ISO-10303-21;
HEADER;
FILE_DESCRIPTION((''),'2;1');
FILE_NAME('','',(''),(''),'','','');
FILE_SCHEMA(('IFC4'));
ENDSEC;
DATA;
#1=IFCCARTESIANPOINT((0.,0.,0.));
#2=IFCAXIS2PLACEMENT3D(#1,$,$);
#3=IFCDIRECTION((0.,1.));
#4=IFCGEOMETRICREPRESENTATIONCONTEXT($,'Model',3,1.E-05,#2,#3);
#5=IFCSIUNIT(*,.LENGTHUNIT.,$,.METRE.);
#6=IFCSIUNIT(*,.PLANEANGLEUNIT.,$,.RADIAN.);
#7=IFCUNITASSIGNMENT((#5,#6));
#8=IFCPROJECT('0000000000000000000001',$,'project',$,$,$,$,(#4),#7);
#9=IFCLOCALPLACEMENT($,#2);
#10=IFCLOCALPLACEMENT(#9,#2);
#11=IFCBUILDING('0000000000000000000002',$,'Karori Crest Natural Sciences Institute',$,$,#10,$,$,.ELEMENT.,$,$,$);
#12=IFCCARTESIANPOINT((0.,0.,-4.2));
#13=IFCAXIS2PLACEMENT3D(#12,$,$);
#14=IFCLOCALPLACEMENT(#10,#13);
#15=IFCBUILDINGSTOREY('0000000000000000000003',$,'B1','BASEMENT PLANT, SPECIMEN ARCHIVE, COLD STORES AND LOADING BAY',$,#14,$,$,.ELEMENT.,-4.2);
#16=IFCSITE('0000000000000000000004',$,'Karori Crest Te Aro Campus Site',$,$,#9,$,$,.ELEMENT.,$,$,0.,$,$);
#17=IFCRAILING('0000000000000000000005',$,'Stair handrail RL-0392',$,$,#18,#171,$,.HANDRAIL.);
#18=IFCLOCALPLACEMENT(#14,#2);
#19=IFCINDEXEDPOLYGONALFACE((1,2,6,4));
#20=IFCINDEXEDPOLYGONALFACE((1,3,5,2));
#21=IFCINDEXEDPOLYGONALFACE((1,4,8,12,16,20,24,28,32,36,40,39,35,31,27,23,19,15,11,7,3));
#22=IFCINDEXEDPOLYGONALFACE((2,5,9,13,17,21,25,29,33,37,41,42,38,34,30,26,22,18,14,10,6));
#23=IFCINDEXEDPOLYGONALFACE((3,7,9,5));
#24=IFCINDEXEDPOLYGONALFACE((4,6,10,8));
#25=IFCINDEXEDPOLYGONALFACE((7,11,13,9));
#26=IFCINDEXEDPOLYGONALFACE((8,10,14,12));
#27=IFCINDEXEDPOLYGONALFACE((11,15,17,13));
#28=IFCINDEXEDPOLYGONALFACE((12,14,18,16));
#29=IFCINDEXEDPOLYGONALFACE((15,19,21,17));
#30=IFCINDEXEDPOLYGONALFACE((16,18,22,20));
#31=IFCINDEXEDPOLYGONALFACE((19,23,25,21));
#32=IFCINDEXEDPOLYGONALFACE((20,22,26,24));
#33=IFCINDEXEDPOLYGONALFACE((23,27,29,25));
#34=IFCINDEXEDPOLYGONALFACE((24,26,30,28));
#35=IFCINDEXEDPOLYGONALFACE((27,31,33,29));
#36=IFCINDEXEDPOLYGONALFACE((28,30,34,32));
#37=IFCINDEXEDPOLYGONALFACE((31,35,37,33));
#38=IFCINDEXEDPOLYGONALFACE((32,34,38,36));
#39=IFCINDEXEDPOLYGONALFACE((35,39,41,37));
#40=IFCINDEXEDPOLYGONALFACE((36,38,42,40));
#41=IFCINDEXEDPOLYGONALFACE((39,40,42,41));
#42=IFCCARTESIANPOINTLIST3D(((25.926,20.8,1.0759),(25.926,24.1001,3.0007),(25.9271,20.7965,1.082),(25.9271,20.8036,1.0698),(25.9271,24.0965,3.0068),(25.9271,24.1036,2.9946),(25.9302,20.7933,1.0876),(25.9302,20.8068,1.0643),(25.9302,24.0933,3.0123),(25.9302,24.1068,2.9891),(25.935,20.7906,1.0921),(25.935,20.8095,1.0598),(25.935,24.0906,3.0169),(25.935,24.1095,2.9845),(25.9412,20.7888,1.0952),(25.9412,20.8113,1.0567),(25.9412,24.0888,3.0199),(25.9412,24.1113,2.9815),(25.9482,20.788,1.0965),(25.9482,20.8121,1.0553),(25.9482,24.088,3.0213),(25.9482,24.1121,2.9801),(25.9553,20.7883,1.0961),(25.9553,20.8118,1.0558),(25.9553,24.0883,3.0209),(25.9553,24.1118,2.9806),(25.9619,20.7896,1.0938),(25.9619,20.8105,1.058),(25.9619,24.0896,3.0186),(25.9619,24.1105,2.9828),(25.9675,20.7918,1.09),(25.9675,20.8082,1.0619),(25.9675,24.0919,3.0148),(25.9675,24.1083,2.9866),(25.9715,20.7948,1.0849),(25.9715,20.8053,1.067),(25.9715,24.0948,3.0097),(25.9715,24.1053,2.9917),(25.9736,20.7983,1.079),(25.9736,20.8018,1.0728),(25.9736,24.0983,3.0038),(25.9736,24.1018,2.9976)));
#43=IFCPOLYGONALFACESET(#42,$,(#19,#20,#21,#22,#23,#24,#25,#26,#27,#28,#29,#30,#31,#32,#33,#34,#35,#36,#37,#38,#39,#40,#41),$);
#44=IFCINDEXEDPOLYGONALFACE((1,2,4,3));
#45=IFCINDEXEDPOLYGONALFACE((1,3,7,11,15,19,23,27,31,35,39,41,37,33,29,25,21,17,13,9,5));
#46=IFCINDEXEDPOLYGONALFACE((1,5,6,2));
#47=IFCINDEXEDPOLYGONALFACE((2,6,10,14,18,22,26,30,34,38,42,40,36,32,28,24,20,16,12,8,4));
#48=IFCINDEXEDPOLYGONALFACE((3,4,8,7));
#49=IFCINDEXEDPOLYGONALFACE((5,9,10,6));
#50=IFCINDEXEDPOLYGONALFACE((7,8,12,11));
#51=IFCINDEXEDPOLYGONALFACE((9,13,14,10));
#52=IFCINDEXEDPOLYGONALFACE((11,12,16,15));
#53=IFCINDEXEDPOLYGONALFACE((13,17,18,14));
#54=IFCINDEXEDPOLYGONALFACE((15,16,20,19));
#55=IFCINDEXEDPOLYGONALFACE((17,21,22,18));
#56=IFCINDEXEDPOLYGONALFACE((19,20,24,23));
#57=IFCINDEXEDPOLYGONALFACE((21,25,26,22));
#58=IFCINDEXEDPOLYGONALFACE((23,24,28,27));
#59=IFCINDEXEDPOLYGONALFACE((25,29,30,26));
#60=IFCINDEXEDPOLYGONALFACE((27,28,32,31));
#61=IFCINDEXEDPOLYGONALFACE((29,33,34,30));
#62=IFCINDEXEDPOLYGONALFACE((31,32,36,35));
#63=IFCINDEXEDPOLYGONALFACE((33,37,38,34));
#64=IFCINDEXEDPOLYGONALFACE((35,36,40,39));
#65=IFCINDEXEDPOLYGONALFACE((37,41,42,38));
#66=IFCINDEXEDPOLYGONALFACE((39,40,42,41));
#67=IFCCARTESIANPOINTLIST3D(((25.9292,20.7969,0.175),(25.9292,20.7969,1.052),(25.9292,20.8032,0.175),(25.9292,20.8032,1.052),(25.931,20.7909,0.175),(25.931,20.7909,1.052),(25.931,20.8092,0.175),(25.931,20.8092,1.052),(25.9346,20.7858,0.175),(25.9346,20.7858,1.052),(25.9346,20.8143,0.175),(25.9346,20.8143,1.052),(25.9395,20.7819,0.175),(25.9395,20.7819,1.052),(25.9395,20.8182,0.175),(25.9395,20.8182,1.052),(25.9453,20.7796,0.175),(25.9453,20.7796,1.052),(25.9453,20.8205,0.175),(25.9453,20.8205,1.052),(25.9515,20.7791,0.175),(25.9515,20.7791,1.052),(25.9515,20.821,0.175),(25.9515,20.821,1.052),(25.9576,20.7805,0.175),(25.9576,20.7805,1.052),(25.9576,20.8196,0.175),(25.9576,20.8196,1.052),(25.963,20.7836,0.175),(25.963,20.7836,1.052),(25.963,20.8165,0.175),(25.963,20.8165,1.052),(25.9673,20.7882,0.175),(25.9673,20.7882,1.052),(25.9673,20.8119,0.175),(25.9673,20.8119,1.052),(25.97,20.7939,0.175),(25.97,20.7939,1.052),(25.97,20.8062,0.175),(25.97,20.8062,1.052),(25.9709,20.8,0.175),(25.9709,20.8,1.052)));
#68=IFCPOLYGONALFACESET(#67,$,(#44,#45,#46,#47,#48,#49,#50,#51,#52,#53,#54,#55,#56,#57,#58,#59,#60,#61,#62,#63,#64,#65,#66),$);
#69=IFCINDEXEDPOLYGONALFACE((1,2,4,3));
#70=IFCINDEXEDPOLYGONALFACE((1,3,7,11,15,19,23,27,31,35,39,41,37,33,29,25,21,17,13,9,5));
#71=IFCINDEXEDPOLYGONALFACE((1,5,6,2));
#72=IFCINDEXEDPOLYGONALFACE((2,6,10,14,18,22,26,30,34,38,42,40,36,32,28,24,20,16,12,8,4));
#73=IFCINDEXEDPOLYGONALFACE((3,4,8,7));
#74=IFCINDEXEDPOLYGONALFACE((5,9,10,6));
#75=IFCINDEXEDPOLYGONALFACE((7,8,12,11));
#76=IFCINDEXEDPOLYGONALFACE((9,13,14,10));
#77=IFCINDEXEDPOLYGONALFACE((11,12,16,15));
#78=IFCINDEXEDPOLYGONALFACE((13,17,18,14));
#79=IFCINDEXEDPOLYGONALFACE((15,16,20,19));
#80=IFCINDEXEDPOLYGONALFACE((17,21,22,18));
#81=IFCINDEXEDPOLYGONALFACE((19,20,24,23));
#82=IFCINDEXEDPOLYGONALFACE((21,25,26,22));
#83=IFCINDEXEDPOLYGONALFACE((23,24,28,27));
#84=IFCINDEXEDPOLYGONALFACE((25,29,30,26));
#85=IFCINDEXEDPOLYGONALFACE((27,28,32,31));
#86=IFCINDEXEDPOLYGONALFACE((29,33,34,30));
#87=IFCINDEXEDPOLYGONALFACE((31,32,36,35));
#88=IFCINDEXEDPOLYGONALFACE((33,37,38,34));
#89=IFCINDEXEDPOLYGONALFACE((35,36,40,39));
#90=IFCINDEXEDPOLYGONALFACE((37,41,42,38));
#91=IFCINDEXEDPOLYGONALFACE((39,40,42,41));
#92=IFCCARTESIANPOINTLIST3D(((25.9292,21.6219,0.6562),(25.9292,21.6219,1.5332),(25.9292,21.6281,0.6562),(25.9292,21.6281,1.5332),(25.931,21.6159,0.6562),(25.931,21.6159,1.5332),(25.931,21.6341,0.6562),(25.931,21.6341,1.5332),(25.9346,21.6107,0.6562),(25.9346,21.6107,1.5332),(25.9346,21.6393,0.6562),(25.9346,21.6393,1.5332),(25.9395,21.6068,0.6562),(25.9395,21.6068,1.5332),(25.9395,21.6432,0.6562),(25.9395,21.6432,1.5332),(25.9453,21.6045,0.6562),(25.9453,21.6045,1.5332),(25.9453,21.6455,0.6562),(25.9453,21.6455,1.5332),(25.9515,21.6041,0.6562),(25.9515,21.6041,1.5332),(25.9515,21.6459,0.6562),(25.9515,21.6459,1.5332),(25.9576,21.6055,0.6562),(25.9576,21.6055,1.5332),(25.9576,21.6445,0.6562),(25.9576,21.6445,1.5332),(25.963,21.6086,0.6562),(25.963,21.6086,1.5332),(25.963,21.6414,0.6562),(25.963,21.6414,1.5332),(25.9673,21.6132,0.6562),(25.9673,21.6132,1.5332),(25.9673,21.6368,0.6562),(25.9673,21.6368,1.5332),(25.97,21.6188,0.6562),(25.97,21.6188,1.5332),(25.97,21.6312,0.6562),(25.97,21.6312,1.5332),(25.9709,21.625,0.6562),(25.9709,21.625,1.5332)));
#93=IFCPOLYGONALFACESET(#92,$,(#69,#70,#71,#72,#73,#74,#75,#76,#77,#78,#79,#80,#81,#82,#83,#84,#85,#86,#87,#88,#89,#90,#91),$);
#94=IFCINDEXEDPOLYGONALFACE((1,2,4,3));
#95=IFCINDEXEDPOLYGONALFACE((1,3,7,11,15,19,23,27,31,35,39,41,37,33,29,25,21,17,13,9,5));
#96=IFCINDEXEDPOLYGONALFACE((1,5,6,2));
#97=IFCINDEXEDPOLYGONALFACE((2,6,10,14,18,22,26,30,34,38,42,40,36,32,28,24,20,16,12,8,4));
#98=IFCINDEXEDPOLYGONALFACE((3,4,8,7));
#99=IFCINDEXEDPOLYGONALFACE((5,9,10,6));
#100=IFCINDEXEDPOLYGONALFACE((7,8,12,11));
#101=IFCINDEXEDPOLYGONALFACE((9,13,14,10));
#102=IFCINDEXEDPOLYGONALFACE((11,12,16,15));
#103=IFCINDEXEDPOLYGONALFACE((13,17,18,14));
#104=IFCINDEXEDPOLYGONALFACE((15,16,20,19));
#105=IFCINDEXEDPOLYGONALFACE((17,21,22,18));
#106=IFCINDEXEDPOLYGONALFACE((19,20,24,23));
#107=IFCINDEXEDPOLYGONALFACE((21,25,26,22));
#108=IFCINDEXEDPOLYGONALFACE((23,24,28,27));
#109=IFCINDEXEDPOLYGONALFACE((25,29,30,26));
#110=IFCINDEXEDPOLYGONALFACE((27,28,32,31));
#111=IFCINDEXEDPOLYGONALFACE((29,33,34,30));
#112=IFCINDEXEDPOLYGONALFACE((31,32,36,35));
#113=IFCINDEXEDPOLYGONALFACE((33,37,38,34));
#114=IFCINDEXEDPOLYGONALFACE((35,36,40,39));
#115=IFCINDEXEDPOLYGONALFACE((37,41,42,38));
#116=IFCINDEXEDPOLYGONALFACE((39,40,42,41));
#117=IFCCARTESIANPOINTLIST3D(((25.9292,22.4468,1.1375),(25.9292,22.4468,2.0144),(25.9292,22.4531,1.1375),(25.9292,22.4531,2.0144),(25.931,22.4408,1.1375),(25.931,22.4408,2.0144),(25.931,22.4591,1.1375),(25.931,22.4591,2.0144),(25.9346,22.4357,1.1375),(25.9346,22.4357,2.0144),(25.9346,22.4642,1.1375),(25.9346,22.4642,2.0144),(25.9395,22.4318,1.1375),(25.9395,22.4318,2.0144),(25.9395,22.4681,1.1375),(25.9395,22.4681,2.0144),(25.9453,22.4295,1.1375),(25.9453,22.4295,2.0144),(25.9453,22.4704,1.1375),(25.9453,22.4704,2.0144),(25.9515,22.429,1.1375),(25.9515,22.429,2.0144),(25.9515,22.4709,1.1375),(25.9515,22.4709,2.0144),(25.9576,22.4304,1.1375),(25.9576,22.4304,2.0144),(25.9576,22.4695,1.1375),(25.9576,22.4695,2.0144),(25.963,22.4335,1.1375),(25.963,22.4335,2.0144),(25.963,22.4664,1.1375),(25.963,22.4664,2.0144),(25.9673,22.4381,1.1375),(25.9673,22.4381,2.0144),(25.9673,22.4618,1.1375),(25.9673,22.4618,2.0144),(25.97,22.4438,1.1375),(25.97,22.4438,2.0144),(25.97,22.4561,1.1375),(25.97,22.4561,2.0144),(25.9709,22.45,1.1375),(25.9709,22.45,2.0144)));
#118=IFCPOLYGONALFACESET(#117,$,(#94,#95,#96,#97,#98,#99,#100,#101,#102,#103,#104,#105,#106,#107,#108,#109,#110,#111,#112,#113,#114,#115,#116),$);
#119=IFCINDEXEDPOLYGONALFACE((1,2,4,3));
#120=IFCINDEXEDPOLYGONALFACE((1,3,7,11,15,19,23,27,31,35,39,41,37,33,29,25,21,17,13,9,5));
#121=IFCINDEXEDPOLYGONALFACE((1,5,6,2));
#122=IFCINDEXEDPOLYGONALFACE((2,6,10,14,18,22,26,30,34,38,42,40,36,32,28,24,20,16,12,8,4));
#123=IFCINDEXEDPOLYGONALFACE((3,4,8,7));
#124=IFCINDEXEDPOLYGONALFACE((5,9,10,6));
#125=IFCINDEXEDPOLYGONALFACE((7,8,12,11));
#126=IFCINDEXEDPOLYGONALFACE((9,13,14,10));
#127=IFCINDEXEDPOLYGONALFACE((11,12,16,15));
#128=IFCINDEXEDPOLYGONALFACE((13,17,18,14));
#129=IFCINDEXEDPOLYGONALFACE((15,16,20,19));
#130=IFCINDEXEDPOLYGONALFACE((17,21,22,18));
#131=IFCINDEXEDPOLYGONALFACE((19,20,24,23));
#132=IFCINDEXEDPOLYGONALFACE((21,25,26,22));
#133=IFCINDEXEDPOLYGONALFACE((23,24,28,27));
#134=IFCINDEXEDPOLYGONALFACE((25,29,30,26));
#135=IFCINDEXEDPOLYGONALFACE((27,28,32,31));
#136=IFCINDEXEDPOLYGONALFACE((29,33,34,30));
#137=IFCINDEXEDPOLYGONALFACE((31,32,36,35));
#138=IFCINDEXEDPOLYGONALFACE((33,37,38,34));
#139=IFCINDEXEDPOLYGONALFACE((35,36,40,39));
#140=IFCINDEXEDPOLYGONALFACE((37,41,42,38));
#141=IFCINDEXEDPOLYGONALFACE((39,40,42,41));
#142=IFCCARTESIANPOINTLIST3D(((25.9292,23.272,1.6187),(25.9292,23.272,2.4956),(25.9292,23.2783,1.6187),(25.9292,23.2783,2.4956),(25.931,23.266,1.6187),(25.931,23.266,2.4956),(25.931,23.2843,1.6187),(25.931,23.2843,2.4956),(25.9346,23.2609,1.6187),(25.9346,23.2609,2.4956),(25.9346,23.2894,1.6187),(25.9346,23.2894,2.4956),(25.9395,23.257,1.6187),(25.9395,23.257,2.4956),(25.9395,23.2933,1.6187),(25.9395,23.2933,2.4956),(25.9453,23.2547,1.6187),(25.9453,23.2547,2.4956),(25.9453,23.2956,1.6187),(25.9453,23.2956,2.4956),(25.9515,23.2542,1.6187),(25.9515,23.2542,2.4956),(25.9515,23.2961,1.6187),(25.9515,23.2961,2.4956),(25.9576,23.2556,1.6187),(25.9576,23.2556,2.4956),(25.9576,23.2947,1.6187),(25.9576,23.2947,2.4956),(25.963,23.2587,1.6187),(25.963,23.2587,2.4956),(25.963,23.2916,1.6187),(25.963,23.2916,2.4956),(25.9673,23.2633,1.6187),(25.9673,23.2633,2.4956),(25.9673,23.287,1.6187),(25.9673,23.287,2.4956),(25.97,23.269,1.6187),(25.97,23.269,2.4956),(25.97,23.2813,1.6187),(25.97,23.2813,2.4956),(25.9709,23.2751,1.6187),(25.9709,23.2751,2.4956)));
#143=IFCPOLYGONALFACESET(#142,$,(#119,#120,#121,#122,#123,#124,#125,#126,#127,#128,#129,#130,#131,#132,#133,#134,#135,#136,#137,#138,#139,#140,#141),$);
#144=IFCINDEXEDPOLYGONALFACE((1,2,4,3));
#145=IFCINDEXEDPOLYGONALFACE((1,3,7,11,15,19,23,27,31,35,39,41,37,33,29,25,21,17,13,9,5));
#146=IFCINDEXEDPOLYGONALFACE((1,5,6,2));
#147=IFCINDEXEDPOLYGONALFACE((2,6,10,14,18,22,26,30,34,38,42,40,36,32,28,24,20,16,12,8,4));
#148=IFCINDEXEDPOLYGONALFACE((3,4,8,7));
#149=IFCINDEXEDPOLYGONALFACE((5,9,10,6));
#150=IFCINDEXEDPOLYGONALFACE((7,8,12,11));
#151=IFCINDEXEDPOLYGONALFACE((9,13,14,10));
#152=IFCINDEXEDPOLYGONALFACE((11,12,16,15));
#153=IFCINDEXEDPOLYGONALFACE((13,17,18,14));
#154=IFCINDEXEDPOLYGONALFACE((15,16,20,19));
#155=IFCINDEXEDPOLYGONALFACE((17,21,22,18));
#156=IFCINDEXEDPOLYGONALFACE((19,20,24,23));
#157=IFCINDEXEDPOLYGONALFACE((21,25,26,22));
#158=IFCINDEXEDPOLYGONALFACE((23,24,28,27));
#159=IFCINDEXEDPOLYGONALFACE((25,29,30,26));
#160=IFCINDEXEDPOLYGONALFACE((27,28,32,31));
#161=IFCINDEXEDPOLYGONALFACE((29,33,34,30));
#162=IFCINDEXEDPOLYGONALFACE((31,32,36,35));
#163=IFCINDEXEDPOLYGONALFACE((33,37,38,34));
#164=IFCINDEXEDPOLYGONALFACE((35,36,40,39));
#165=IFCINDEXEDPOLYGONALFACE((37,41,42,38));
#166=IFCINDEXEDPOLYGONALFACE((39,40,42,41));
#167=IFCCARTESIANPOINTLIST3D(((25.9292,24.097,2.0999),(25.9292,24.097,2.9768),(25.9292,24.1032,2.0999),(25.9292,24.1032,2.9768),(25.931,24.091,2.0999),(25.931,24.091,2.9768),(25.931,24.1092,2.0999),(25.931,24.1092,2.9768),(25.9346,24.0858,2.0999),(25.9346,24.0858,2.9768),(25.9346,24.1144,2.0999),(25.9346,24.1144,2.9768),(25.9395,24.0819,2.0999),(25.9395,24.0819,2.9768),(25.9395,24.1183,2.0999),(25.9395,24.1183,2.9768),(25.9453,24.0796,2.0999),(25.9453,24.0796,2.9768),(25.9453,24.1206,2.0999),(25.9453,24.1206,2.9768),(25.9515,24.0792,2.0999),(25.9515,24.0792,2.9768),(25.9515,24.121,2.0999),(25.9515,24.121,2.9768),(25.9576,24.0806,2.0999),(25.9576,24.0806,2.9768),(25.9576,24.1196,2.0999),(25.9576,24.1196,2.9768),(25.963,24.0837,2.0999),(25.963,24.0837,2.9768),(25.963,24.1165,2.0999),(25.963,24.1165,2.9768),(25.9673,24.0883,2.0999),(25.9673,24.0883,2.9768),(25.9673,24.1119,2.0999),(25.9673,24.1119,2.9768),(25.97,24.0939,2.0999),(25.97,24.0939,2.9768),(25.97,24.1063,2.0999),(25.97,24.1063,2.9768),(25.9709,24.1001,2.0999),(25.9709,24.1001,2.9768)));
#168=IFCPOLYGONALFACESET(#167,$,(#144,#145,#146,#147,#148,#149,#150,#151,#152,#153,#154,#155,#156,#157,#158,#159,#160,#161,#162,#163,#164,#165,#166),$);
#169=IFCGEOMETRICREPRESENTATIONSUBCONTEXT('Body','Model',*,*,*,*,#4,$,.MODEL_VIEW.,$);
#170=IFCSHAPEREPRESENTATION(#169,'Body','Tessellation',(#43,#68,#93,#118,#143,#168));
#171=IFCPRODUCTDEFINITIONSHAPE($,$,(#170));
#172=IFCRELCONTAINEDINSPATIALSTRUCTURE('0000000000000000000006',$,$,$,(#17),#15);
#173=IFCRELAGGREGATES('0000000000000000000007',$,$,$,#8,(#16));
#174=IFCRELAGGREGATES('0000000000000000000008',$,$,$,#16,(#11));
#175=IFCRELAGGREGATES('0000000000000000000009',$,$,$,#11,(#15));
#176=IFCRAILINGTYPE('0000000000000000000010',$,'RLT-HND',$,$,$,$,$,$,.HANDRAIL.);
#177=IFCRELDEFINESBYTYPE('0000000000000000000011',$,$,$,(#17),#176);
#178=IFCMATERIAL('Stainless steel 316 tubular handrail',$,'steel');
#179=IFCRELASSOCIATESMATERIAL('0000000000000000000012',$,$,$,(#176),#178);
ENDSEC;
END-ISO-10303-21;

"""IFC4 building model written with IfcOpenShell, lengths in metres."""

from ifc_helpers import new_model, si_unit, direction, frame, origin, origin_2d, place, context, subcontext, project, spatial, circle, extrude, material, type_object, element, save


model = new_model("IFC4")

# Units and contexts
model_context = context("Model", 3, precision=1e-05, world=origin(), true_north=direction((0.0, 1.0)))
body_context = subcontext(model_context, "Body", "Model", "MODEL_VIEW")
ifc_project = project(units=[si_unit("LENGTHUNIT", "METRE"), si_unit("PLANEANGLEUNIT", "RADIAN")], contexts=[model_context])

# Site, building, storey
site_placement = place(None, origin())
site = spatial("IfcSite", under=ifc_project, at=site_placement, Name="Karori Crest Te Aro Campus Site", CompositionType="ELEMENT", RefElevation=0.0)
building_placement = place(site_placement, origin())
building = spatial("IfcBuilding", under=site, at=building_placement, Name="Karori Crest Natural Sciences Institute", CompositionType="ELEMENT")
storey_placement = place(building_placement, frame((0.0, 0.0, -4.2)))
storey = spatial("IfcBuildingStorey", under=building, at=storey_placement, Name="B1", Description="BASEMENT PLANT, SPECIMEN ARCHIVE, COLD STORES AND LOADING BAY", CompositionType="ELEMENT", Elevation=-4.2)

# Railing
ifc_material_1 = material(Name="Stainless steel 316 tubular handrail", Category="steel")
railing_type_1 = type_object("IfcRailingType", Name="RLT-HND", PredefinedType="HANDRAIL", material=ifc_material_1)
railing_1_placement = place(storey_placement, frame((25.95, 20.8, 0.175)))
element("IfcRailing", 1, at=railing_1_placement, inside=storey, type_object=railing_type_1, Name="Stair handrail RL-0392", PredefinedType="HANDRAIL", context=body_context, shape_type="SweptSolid", body=[
    extrude(circle(Radius=0.0239, at=origin_2d()), frame((0.0, 0.0, 0.9009), z_axis=(0.0, 0.863804, 0.503827), x_axis=(-1.0, 0.0, 0.0)), (0.0, 0.0, 1.0), 3.8203),
    extrude(circle(Radius=0.021, at=origin_2d()), origin(), (0.0, 0.0, 1.0), 0.877),
    extrude(circle(Radius=0.021, at=origin_2d()), frame((0.0, 0.825, 0.4812)), (0.0, 0.0, 1.0), 0.877),
    extrude(circle(Radius=0.021, at=origin_2d()), frame((0.0, 1.6499, 0.9624)), (0.0, 0.0, 1.0), 0.877),
    extrude(circle(Radius=0.021, at=origin_2d()), frame((0.0, 2.4751, 1.4436)), (0.0, 0.0, 1.0), 0.877),
    extrude(circle(Radius=0.021, at=origin_2d()), frame((0.0, 3.3, 1.9248)), (0.0, 0.0, 1.0), 0.877),
])

save(model, "model.ifc")
